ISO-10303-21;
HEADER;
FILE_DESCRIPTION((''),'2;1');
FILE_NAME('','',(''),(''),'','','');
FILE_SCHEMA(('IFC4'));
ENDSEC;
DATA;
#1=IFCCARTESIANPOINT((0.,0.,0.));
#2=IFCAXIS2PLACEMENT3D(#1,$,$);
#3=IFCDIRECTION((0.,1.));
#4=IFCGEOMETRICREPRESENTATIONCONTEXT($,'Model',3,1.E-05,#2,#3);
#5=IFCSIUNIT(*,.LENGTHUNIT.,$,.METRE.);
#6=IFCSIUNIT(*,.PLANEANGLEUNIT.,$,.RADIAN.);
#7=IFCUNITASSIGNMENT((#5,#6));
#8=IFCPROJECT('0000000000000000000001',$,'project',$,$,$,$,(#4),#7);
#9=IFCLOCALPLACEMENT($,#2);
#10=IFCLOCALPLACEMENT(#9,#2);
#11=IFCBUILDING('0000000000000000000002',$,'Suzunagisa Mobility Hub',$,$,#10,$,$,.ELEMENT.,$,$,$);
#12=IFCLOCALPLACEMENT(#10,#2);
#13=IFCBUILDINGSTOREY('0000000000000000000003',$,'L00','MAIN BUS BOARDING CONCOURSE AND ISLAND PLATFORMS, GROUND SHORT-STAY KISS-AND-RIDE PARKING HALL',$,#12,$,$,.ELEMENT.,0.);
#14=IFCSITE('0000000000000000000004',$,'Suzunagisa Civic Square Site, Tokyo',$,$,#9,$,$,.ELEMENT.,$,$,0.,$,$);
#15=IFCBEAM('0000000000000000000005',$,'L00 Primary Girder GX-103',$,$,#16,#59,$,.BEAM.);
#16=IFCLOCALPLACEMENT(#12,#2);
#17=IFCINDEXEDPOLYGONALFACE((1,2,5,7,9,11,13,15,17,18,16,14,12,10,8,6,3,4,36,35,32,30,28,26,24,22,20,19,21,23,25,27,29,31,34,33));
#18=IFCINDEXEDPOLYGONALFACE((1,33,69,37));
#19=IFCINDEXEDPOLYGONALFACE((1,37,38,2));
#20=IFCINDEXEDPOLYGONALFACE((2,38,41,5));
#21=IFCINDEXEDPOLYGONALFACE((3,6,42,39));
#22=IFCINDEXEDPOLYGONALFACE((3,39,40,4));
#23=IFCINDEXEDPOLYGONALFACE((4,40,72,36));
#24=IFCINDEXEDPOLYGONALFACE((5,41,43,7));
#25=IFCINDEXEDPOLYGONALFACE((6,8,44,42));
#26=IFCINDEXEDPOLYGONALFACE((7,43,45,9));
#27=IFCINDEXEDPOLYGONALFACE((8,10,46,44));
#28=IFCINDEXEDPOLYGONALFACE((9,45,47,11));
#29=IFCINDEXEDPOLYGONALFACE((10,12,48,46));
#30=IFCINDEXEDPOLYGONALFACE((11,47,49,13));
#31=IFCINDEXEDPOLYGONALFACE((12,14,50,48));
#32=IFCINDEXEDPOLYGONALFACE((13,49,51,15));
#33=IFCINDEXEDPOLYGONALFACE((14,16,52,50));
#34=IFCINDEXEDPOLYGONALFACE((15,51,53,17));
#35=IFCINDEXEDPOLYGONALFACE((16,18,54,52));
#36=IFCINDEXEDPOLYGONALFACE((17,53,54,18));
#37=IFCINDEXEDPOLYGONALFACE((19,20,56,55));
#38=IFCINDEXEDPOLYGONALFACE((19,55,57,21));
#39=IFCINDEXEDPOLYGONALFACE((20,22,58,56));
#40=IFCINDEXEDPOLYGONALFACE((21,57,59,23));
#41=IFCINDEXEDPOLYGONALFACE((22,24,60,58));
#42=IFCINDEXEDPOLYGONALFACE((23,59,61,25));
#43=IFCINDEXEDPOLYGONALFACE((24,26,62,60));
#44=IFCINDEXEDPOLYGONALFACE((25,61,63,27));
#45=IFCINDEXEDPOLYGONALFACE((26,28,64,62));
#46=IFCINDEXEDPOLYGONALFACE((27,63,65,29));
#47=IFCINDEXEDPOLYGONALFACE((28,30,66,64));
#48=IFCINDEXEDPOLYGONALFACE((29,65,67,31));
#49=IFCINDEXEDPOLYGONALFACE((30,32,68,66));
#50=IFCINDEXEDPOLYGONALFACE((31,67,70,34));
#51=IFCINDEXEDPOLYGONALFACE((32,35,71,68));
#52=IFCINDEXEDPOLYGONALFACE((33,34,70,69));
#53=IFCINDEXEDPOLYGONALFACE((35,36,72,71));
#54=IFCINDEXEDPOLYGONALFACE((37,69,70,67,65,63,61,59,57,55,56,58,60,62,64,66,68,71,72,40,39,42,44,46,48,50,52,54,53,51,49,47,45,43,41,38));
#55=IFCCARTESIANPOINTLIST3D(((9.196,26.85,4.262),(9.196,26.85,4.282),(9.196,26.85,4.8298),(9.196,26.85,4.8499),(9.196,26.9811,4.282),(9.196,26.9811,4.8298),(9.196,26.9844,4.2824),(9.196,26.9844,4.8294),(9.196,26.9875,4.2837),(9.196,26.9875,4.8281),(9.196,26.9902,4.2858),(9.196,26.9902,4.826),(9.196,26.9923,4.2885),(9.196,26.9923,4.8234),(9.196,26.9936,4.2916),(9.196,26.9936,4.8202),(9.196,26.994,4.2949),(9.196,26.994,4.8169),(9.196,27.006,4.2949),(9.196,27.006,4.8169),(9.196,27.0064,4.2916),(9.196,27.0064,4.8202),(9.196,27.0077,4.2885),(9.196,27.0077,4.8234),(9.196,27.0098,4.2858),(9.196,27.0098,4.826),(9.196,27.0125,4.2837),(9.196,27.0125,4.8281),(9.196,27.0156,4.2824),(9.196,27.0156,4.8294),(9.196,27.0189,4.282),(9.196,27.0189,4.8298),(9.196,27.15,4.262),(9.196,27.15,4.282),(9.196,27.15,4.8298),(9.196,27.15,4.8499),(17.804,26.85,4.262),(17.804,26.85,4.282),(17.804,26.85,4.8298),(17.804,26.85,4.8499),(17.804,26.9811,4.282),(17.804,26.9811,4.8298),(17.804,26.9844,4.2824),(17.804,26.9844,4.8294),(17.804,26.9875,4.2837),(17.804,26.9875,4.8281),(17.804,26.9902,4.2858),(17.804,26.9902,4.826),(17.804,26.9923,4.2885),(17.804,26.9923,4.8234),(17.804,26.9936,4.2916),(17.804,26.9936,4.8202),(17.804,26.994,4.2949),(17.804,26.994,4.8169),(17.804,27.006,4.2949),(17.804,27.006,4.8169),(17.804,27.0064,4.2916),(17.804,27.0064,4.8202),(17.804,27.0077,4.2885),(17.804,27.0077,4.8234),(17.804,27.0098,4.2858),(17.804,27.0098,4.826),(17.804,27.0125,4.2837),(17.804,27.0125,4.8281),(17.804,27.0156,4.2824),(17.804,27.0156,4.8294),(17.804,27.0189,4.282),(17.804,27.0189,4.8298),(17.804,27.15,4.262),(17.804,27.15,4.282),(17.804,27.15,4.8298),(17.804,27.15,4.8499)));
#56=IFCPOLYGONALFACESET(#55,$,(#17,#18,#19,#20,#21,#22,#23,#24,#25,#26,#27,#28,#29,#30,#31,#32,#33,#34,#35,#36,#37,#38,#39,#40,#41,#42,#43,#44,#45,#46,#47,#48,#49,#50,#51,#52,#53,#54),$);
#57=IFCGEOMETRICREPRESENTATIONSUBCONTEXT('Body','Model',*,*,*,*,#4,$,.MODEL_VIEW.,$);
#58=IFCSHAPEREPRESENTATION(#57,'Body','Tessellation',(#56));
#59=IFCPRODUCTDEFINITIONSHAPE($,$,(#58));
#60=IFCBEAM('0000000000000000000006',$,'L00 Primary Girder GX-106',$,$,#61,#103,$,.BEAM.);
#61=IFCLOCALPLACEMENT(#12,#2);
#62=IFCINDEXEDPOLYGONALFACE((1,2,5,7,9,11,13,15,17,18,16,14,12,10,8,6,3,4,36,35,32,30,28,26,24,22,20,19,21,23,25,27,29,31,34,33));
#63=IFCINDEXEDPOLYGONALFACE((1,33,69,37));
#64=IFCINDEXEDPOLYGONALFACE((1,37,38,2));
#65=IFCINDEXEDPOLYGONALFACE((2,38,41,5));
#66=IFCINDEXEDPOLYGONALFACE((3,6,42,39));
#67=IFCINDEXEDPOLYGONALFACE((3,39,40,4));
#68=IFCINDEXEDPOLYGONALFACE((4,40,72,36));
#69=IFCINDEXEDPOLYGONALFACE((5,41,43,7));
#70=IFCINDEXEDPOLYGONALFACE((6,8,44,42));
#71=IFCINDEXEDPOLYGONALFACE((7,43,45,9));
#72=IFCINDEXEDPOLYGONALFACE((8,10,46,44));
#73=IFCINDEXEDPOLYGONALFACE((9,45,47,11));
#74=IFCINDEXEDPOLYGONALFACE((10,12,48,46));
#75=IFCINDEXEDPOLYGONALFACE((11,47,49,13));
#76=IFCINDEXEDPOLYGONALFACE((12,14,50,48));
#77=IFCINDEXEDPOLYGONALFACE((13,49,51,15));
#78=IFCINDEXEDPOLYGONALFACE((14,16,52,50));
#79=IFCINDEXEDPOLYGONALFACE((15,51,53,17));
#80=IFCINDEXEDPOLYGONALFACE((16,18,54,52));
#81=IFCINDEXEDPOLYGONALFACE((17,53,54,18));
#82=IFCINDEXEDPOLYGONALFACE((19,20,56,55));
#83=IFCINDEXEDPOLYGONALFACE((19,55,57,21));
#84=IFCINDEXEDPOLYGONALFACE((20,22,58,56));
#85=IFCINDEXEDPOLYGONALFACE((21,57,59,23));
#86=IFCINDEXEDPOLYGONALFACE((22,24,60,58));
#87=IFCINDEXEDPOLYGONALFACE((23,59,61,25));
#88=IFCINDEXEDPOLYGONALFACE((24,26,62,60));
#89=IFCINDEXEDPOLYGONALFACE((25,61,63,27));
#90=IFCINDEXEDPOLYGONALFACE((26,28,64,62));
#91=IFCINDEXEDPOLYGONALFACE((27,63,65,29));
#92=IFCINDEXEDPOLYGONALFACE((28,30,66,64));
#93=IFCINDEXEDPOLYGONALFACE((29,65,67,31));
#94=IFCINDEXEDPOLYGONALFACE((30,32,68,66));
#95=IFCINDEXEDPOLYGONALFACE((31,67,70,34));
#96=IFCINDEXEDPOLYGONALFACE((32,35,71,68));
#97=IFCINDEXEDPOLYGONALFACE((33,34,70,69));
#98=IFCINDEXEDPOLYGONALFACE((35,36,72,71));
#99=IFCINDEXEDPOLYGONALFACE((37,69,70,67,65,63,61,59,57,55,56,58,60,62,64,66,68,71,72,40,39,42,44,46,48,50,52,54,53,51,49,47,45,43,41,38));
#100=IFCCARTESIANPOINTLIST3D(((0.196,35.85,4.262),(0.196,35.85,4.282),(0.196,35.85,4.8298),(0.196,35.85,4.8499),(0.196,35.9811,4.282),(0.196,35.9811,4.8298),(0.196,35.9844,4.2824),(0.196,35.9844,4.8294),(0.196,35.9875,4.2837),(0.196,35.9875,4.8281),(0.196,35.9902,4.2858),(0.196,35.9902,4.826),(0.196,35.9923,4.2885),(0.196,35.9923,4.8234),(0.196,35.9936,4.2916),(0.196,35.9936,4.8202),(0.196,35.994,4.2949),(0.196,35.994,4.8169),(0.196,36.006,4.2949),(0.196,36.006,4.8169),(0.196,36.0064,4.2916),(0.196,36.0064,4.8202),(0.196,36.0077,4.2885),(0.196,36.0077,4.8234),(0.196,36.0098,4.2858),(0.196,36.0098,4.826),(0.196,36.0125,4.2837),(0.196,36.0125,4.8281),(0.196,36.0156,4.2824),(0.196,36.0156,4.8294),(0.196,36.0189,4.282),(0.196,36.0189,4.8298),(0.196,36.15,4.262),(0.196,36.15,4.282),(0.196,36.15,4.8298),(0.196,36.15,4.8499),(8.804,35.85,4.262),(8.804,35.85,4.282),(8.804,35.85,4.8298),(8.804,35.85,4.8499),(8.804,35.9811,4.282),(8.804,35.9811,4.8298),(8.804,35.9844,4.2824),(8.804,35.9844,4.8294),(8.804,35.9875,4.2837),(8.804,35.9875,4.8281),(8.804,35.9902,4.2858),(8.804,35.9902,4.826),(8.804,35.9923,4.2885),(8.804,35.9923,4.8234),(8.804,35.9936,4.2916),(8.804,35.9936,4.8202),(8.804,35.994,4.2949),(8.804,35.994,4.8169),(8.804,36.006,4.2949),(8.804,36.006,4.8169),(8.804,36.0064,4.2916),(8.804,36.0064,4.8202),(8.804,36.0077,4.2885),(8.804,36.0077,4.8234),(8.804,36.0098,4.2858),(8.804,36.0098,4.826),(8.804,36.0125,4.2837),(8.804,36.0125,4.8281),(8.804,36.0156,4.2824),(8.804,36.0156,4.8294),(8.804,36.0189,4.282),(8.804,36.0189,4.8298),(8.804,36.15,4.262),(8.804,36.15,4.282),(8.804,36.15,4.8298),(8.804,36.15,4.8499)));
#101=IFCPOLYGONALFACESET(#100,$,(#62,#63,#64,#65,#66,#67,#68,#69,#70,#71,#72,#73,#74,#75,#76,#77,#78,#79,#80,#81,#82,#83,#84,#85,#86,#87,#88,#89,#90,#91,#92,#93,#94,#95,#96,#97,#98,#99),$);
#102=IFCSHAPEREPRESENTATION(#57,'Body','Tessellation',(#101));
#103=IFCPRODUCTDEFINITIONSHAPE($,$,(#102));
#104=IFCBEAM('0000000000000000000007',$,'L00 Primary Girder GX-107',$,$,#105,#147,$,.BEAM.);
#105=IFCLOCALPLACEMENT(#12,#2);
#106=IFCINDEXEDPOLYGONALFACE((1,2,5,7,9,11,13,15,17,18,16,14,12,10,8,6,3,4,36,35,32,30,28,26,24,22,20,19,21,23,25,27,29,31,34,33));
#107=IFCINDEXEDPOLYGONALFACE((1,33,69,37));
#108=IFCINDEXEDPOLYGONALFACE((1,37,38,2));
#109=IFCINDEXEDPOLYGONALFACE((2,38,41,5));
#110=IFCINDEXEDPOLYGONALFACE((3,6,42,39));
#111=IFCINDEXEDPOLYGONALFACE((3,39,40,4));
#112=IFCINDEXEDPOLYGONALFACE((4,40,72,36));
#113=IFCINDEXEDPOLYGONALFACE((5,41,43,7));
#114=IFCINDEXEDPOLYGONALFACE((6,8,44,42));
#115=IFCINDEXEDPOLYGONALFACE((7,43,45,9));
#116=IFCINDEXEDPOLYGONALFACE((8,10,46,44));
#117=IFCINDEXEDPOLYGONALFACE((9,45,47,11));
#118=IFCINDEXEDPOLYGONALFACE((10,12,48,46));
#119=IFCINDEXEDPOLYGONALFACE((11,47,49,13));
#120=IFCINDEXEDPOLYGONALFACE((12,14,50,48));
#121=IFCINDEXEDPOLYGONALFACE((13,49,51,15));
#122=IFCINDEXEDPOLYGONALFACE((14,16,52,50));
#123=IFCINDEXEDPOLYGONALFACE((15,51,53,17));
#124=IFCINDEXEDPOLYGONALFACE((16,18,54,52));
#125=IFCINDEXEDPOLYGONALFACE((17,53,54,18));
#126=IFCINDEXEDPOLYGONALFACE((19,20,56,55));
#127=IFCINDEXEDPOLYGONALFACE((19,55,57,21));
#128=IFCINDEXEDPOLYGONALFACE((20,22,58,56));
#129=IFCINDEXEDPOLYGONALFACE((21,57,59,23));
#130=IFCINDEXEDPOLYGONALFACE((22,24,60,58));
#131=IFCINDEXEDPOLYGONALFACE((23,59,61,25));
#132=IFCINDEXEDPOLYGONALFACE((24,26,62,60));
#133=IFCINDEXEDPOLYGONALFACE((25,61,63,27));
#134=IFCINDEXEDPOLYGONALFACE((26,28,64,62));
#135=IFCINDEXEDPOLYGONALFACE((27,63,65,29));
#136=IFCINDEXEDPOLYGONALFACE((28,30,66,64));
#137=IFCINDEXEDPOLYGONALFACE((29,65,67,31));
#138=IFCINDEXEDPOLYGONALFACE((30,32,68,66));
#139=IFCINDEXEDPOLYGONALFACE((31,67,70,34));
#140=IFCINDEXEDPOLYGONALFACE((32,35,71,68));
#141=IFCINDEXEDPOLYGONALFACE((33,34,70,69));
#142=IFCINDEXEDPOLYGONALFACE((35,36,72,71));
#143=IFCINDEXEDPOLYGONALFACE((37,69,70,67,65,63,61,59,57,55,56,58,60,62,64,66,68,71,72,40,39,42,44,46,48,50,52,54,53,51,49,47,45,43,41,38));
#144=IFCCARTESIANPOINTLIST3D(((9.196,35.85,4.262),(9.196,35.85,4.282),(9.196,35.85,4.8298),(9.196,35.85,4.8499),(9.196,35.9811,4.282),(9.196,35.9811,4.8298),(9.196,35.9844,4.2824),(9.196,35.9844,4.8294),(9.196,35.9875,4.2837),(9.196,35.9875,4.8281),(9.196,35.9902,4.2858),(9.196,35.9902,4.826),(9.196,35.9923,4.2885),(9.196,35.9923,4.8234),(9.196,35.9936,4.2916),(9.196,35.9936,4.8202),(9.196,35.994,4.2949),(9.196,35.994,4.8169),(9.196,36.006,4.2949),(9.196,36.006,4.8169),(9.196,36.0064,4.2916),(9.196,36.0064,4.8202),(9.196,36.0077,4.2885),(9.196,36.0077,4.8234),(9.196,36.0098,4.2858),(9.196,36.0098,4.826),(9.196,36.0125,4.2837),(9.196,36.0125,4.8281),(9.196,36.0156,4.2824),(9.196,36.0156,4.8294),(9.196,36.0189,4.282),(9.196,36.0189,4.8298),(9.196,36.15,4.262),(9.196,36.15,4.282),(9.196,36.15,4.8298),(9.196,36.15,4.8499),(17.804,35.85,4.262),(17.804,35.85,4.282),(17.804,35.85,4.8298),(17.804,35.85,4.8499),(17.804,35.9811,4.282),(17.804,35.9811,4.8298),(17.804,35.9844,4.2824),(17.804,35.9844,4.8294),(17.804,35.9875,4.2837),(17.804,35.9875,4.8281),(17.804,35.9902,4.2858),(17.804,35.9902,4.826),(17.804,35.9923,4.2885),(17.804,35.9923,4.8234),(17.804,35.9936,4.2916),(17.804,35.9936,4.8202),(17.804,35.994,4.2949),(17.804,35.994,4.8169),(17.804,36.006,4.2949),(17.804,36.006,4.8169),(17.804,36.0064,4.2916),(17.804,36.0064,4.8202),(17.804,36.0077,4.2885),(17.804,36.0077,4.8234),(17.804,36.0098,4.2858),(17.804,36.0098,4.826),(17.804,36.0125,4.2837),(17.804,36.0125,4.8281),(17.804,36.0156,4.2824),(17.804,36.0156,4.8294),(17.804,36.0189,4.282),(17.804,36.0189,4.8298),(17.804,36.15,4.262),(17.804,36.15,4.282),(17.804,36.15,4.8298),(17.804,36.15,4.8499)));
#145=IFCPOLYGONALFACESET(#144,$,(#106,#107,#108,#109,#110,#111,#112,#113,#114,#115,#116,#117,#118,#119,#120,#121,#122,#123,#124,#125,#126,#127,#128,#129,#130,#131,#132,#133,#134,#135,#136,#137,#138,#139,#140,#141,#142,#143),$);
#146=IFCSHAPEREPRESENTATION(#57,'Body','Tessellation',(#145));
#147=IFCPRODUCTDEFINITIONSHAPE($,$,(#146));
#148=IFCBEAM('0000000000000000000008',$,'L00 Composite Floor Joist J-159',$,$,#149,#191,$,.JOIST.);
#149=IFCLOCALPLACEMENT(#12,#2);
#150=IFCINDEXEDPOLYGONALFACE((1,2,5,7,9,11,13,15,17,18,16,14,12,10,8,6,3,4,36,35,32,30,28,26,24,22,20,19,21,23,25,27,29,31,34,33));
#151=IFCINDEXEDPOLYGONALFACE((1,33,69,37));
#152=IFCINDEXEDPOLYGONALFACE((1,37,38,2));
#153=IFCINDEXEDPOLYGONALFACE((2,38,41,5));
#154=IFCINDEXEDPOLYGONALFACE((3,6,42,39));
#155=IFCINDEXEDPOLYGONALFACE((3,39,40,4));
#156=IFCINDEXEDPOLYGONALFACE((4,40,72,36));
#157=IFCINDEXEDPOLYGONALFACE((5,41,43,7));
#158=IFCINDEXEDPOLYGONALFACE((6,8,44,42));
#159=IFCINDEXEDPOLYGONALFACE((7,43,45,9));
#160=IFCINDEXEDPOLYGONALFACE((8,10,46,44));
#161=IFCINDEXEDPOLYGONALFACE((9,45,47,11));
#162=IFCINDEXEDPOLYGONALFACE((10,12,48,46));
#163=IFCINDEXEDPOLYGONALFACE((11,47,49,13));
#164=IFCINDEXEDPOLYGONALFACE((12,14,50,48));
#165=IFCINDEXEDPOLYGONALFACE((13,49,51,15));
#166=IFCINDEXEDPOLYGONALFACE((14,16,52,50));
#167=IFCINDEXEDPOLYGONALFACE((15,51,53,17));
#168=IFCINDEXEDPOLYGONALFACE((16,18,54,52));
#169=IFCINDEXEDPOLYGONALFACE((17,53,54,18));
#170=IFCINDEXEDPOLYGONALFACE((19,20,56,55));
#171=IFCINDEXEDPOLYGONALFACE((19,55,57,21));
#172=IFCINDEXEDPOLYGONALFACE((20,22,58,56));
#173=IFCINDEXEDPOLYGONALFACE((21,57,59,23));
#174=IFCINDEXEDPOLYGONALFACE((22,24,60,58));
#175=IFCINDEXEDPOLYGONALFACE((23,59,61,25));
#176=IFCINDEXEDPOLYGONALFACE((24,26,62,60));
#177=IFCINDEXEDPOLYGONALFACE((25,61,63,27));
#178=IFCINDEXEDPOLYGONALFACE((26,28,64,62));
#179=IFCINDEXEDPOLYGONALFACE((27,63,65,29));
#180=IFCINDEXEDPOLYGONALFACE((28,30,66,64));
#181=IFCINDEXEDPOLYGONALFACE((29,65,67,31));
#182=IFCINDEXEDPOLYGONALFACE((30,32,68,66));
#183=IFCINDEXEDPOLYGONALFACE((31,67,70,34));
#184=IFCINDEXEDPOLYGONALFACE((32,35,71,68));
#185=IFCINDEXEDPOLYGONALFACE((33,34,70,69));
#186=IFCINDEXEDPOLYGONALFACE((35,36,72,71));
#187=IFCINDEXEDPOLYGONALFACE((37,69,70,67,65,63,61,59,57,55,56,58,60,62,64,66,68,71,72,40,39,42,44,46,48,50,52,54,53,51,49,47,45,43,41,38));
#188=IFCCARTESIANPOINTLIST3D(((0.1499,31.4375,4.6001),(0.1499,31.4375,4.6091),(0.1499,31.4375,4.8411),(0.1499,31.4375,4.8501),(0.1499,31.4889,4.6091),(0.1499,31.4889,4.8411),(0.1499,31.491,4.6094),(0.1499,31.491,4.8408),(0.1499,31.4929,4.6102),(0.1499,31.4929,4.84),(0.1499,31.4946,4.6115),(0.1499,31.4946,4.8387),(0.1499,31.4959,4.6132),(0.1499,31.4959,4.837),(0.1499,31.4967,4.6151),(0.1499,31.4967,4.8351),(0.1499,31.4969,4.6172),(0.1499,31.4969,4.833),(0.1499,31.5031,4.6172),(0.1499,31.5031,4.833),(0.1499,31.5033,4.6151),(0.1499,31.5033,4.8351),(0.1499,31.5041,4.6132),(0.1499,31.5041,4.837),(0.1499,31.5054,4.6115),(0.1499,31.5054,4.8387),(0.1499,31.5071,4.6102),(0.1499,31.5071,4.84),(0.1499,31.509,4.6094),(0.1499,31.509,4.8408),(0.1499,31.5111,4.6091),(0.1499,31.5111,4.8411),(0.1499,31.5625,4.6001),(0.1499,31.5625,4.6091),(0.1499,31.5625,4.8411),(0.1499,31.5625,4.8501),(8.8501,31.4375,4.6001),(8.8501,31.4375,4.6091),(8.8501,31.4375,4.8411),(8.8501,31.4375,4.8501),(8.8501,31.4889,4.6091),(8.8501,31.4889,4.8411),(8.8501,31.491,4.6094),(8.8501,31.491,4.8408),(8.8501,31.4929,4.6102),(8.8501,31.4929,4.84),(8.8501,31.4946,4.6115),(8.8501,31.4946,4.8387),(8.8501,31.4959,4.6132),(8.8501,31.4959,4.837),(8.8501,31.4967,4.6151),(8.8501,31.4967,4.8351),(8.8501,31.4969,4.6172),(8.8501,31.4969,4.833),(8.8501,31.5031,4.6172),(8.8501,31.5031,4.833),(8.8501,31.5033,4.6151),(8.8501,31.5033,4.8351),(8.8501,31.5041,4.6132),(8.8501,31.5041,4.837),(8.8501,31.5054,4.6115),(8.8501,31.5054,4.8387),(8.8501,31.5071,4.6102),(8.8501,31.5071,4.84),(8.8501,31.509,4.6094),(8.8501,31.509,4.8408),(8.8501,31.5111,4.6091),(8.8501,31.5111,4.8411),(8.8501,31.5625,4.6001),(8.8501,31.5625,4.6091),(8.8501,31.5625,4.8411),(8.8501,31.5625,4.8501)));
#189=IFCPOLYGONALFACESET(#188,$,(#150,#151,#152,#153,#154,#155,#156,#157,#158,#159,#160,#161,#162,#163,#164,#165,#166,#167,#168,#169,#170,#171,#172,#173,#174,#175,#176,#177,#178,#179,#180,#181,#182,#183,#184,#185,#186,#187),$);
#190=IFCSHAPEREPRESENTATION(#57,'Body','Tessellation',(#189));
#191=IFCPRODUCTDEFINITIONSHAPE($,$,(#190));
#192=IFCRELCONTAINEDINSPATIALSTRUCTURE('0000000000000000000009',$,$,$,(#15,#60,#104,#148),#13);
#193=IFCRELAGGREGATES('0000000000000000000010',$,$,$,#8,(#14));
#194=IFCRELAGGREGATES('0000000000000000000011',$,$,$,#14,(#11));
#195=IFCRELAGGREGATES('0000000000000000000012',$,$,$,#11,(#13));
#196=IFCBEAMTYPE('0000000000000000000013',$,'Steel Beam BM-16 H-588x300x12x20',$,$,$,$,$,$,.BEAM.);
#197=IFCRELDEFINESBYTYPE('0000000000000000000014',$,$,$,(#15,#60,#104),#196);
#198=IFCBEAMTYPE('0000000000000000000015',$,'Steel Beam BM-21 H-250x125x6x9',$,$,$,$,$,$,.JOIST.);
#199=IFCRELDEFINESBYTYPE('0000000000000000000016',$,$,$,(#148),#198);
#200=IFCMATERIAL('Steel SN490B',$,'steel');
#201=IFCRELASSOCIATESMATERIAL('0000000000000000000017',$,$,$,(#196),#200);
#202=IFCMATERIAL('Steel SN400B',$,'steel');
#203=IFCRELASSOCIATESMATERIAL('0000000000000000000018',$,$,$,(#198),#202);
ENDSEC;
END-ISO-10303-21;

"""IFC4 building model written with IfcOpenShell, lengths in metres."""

from ifc_helpers import new_model, si_unit, direction, frame, origin, origin_2d, place, context, subcontext, project, spatial, i_section, extrude, material, material_profile, profile_set, type_object, element, save


model = new_model("IFC4")

# Units and contexts
model_context = context("Model", 3, precision=1e-05, world=origin(), true_north=direction((0.0, 1.0)))
body_context = subcontext(model_context, "Body", "Model", "MODEL_VIEW")
ifc_project = project(units=[si_unit("LENGTHUNIT", "METRE"), si_unit("PLANEANGLEUNIT", "RADIAN")], contexts=[model_context])

# Site, building, storey
site_placement = place(None, origin())
site = spatial("IfcSite", under=ifc_project, at=site_placement, Name="Suzunagisa Civic Square Site, Tokyo", CompositionType="ELEMENT", RefElevation=0.0)
building_placement = place(site_placement, origin())
building = spatial("IfcBuilding", under=site, at=building_placement, Name="Suzunagisa Mobility Hub", CompositionType="ELEMENT")
storey_placement = place(building_placement, origin())
storey = spatial("IfcBuildingStorey", under=building, at=storey_placement, Name="L00", Description="MAIN BUS BOARDING CONCOURSE AND ISLAND PLATFORMS, GROUND SHORT-STAY KISS-AND-RIDE PARKING HALL", CompositionType="ELEMENT", Elevation=0.0)

# Shared definitions
ifc_material_1 = material(Name="Steel SN490B", Category="steel")

# Beams
ifc_material_profile_1 = material_profile(ifc_material_1, i_section(OverallWidth=0.3, OverallDepth=0.5879, WebThickness=0.012, FlangeThickness=0.02, FilletRadius=0.0129, at=origin_2d()), Name="H-588x300x12x20")
ifc_profile_set_1 = profile_set([ifc_material_profile_1], Name="Steel SN490B")
beam_type_1 = type_object("IfcBeamType", Name="Steel Beam BM-16 H-588x300x12x20", PredefinedType="BEAM", material=ifc_profile_set_1)
for number, where, z_axis, x_axis, name in (
    (1, (9.196, 27.0, 4.5559), (1.0, 0.0, 0.0), (0.0, 1.0, 0.0), "L00 Primary Girder GX-103"),
    (2, (0.196, 36.0, 4.5559), (1.0, 0.0, 0.0), (0.0, 1.0, 0.0), "L00 Primary Girder GX-106"),
    (3, (9.196, 36.0, 4.5559), (1.0, 0.0, 0.0), (0.0, 1.0, 0.0), "L00 Primary Girder GX-107"),
):
    element("IfcBeam", number, at=place(storey_placement, frame(where, z_axis=z_axis, x_axis=x_axis)), inside=storey, type_object=beam_type_1, Name=name, PredefinedType="BEAM", context=body_context, shape_type="SweptSolid", body=[
        extrude(i_section(OverallWidth=0.3, OverallDepth=0.5879, WebThickness=0.012, FlangeThickness=0.02, FilletRadius=0.0129, at=origin_2d()), origin(), (0.0, 0.0, 1.0), 8.6079),
    ])
ifc_material_2 = material(Name="Steel SN400B", Category="steel")
ifc_material_profile_2 = material_profile(ifc_material_2, i_section(OverallWidth=0.125, OverallDepth=0.25, WebThickness=0.0061, FlangeThickness=0.009, FilletRadius=0.0081, at=origin_2d()), Name="H-250x125x6x9")
ifc_profile_set_2 = profile_set([ifc_material_profile_2], Name="Steel SN400B")
beam_type_2 = type_object("IfcBeamType", Name="Steel Beam BM-21 H-250x125x6x9", PredefinedType="JOIST", material=ifc_profile_set_2)
for number, where, z_axis, x_axis, name in (
    (4, (0.1499, 31.5, 4.7251), (1.0, 0.0, 0.0), (0.0, 1.0, 0.0), "L00 Composite Floor Joist J-159"),
):
    element("IfcBeam", number, at=place(storey_placement, frame(where, z_axis=z_axis, x_axis=x_axis)), inside=storey, type_object=beam_type_2, Name=name, PredefinedType="JOIST", context=body_context, shape_type="SweptSolid", body=[
        extrude(i_section(OverallWidth=0.125, OverallDepth=0.25, WebThickness=0.0061, FlangeThickness=0.009, FilletRadius=0.0081, at=origin_2d()), origin(), (0.0, 0.0, 1.0), 8.7002),
    ])

save(model, "model.ifc")
